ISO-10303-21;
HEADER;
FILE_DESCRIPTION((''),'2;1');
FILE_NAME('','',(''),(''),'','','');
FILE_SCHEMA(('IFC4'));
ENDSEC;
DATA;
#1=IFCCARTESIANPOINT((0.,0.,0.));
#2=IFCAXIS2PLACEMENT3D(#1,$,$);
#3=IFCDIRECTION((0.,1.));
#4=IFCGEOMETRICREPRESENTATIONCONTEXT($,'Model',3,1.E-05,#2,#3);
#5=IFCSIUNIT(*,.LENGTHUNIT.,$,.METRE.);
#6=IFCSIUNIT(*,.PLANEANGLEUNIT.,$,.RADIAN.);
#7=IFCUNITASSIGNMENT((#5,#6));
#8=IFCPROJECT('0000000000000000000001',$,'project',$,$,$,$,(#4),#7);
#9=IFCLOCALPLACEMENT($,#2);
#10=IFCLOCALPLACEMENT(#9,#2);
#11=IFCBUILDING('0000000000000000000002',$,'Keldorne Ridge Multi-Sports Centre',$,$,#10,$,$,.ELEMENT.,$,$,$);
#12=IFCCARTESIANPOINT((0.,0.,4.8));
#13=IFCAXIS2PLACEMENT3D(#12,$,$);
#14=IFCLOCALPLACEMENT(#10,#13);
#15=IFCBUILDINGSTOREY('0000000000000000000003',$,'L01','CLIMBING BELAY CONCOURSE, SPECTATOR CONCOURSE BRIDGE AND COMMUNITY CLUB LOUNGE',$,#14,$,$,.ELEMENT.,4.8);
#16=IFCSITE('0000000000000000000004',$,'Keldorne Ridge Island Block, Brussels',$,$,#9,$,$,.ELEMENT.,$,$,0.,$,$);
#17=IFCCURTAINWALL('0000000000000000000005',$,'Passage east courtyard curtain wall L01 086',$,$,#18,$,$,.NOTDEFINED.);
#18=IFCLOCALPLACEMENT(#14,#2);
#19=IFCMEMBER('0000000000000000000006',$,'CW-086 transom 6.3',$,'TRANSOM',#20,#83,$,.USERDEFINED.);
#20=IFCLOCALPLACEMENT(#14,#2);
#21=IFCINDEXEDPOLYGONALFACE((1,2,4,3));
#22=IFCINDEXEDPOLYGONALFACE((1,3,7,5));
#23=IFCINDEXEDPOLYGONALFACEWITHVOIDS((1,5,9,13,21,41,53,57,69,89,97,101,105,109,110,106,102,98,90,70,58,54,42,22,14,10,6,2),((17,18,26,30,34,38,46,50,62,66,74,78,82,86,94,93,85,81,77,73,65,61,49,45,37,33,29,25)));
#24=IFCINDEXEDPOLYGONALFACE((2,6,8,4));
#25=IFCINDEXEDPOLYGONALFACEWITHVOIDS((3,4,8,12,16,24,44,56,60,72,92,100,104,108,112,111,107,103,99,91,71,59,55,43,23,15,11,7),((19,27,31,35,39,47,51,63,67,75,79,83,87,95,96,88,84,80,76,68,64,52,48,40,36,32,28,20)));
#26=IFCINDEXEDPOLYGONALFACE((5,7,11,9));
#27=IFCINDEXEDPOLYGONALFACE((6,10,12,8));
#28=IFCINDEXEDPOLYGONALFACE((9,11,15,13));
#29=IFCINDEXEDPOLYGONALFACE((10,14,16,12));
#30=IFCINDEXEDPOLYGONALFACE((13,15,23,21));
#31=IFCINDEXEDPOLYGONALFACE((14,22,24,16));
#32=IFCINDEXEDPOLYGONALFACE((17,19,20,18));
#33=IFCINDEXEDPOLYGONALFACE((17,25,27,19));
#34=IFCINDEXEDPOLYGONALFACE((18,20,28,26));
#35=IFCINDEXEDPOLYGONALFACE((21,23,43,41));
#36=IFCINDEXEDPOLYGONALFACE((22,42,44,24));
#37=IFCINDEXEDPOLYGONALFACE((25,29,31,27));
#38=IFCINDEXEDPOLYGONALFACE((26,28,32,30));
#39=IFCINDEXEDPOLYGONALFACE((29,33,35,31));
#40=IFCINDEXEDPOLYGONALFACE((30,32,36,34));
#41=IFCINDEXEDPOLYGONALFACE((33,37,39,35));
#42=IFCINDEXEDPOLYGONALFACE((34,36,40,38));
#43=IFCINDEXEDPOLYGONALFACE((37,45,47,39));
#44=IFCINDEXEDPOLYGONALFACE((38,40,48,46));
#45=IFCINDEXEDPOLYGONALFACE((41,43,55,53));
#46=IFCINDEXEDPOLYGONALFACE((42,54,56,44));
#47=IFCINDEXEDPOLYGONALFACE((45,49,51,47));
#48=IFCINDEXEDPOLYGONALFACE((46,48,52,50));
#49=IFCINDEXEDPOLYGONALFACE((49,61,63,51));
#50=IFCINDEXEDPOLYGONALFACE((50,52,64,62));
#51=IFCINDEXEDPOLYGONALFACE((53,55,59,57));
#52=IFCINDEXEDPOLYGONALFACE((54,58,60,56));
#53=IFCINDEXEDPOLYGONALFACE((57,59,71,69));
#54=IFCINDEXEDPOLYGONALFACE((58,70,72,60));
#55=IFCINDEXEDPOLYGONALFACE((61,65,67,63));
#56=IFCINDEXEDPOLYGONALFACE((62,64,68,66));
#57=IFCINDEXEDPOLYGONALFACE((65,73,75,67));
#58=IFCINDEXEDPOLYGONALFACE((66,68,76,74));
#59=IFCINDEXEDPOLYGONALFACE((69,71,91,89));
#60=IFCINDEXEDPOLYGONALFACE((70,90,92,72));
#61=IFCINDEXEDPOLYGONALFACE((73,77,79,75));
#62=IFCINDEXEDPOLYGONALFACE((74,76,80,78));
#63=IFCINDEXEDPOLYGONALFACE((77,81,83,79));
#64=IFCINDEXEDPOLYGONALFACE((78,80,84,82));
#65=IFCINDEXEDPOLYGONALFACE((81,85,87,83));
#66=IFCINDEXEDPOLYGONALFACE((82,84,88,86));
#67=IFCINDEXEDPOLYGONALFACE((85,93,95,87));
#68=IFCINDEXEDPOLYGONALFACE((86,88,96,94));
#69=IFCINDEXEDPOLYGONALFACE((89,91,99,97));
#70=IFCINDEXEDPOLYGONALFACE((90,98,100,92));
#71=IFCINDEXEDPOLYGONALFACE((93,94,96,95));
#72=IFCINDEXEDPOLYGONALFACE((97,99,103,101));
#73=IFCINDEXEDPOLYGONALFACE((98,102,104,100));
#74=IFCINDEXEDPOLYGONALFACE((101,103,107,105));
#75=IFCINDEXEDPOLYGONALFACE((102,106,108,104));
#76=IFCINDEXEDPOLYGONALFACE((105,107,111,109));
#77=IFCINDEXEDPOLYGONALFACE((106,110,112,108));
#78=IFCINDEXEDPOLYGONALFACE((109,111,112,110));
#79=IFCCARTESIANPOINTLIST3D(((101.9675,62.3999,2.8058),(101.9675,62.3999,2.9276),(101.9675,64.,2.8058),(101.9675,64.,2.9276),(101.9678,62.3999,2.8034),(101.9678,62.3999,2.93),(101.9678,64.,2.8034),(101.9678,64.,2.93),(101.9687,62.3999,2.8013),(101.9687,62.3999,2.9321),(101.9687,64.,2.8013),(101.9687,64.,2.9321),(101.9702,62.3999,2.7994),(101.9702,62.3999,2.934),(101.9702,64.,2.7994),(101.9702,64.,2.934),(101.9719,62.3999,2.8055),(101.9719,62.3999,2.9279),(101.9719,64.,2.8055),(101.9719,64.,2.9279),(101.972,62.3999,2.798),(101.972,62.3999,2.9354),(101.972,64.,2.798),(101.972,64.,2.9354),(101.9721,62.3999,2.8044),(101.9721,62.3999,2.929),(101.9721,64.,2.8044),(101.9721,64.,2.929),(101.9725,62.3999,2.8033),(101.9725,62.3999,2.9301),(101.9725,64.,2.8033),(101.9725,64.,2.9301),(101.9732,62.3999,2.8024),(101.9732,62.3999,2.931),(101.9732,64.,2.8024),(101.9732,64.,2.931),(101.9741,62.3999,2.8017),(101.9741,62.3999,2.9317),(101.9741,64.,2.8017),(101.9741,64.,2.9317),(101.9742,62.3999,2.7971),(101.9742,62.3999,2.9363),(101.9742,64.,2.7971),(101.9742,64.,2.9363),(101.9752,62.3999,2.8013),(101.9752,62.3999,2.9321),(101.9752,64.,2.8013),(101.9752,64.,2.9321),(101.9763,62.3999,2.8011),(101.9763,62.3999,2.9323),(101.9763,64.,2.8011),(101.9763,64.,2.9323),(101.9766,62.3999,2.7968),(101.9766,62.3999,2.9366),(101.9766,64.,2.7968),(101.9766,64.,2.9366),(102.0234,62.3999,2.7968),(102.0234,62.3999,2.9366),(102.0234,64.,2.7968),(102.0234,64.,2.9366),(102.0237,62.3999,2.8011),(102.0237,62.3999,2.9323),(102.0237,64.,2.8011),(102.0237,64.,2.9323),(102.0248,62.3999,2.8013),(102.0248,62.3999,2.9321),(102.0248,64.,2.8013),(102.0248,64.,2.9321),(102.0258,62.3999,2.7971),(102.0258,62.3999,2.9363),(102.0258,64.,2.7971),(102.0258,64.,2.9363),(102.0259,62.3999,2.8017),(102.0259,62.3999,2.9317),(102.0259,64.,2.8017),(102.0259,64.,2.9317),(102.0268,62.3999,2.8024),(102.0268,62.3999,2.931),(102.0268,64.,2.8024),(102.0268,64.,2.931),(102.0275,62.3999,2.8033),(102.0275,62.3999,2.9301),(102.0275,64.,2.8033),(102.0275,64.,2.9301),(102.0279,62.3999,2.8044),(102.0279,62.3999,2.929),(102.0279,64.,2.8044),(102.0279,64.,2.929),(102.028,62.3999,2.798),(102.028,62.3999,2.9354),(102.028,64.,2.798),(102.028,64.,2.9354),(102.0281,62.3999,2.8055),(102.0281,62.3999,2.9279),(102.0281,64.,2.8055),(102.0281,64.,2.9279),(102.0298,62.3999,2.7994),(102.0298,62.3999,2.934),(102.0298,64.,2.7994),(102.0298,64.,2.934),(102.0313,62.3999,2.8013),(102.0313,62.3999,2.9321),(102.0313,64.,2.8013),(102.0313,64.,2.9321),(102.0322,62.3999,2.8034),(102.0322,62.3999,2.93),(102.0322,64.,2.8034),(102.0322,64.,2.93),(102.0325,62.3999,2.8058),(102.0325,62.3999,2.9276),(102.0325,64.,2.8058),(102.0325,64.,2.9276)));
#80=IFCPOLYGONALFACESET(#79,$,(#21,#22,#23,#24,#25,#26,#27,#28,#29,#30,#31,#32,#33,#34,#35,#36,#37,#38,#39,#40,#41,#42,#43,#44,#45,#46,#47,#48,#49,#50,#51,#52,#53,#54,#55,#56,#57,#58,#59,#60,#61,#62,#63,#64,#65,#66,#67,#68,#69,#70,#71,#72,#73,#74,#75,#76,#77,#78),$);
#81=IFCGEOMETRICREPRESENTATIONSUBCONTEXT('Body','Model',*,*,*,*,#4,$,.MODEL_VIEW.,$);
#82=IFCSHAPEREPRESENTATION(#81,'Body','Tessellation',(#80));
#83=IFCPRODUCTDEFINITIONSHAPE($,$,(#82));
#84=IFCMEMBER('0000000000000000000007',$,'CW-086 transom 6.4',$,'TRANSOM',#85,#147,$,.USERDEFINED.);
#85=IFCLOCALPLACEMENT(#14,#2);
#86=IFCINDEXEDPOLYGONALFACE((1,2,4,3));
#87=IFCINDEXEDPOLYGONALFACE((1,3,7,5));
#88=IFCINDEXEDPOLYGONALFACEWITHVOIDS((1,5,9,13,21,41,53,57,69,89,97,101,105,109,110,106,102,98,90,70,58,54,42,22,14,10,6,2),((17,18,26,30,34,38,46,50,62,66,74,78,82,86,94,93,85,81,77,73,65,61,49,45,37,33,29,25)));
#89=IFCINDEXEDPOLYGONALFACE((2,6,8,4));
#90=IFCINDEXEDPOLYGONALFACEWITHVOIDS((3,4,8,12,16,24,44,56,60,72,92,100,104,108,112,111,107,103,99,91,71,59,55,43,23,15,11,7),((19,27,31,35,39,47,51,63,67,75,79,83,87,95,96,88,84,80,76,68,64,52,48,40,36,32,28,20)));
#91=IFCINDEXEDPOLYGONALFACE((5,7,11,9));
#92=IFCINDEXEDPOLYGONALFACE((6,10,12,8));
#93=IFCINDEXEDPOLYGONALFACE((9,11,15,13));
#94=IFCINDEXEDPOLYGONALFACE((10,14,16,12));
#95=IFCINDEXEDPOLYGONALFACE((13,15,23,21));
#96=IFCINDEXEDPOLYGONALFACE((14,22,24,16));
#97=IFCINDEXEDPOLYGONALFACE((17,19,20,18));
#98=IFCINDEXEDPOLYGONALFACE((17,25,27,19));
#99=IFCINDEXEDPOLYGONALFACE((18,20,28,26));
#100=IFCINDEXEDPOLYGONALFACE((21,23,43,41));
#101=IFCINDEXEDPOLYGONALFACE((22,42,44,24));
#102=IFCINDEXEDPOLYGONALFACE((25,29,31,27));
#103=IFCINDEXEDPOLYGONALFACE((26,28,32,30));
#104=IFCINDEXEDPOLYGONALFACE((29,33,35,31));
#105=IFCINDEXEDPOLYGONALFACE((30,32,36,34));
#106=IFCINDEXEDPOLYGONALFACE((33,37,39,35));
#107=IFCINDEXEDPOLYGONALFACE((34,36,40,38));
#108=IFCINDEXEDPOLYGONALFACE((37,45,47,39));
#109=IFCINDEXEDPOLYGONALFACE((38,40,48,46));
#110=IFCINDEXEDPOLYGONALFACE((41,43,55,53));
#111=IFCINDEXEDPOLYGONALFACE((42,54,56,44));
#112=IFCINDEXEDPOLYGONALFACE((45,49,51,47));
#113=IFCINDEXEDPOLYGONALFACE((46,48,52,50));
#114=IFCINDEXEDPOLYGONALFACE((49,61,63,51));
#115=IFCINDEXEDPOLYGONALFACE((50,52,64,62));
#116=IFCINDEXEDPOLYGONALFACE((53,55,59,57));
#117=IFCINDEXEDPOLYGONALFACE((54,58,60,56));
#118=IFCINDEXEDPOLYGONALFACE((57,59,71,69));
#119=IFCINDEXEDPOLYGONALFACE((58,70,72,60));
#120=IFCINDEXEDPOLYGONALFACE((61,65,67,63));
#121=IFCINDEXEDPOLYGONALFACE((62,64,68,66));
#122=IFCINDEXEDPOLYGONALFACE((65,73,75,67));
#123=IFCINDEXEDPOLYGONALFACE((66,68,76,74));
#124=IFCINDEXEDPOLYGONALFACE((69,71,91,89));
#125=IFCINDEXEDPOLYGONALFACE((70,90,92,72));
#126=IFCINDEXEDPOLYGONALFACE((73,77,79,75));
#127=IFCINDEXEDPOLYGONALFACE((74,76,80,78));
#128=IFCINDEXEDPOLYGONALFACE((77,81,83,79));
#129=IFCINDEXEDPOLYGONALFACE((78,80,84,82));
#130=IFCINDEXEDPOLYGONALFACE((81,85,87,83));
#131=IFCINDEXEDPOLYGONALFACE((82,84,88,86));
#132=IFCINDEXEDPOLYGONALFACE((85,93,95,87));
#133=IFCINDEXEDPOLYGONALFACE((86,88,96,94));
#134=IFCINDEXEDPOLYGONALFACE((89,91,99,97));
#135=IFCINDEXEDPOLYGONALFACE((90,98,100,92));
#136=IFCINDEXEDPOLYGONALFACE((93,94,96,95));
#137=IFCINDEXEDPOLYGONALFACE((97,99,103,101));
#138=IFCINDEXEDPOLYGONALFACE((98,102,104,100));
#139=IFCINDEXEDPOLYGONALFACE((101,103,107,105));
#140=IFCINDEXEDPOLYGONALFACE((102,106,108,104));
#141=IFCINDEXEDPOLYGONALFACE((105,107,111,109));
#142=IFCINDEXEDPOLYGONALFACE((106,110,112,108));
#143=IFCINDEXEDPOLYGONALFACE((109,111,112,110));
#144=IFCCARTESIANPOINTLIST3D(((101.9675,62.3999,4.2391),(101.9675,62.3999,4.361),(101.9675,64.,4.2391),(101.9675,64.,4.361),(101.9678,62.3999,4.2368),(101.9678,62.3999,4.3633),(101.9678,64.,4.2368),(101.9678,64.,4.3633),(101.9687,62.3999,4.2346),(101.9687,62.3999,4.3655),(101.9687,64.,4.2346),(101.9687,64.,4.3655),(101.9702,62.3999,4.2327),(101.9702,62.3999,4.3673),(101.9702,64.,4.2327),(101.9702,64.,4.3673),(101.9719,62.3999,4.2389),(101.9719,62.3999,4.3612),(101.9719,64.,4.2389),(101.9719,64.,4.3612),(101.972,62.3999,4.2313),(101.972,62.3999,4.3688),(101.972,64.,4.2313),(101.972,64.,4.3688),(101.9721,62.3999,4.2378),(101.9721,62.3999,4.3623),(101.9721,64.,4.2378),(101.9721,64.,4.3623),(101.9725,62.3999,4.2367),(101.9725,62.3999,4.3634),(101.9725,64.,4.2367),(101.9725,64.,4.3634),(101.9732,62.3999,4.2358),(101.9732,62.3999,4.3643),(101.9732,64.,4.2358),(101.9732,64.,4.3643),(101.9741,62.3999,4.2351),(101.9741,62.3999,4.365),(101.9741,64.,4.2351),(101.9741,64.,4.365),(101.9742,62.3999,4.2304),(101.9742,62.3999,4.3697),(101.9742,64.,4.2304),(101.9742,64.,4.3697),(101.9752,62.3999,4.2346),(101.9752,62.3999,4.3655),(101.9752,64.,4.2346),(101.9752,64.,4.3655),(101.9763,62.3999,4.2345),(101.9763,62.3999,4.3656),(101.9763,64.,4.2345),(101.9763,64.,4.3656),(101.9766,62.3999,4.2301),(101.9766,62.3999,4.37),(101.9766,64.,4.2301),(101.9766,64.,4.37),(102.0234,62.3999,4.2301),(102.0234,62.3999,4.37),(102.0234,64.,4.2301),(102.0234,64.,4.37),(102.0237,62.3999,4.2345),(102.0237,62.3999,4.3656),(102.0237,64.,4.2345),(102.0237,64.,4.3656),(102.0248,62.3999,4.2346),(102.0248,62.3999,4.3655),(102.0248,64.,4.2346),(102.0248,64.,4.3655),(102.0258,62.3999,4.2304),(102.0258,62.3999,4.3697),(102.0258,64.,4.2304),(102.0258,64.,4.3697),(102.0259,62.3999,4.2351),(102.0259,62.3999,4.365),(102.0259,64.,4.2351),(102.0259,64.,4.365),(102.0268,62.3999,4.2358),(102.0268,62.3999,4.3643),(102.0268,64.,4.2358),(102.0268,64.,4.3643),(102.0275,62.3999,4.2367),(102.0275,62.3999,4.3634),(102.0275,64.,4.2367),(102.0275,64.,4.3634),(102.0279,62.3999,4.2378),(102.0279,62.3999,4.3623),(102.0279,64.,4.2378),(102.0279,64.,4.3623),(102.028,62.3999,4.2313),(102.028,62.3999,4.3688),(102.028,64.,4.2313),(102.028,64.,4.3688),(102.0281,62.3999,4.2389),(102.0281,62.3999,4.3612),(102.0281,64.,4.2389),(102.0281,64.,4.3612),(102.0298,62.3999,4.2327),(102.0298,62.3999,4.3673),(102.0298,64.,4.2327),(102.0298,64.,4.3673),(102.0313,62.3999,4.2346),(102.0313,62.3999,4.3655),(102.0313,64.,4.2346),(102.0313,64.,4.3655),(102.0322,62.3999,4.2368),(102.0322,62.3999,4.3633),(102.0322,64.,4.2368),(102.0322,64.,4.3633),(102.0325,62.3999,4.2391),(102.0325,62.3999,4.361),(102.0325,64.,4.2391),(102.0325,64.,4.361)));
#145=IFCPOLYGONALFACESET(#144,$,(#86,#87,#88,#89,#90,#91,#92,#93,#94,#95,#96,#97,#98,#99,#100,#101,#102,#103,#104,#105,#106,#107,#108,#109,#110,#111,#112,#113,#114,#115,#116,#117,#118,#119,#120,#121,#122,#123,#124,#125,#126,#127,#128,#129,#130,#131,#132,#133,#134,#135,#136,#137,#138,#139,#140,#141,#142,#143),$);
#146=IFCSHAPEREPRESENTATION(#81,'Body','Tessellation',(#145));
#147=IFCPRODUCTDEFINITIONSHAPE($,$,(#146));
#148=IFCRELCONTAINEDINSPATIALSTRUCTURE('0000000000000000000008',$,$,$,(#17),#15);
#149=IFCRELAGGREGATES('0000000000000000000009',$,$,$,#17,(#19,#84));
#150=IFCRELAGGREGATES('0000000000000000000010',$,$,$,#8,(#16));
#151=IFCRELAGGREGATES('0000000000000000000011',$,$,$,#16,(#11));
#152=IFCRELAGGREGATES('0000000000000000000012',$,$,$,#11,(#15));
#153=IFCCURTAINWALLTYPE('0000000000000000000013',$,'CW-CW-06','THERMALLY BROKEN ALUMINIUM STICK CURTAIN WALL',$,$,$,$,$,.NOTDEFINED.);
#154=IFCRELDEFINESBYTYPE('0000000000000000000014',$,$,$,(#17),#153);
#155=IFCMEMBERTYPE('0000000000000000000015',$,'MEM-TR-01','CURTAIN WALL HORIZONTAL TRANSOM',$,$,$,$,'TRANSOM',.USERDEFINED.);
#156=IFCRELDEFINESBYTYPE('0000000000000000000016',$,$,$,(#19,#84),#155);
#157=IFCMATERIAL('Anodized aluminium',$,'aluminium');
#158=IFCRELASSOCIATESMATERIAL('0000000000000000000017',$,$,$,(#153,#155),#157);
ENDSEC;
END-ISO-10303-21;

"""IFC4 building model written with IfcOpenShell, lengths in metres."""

from ifc_helpers import new_model, si_unit, direction, frame, origin, origin_2d, place, context, subcontext, project, spatial, hollow_rectangle, extrude, material, material_profile, profile_set, type_object, element, aggregate, save


model = new_model("IFC4")

# Units and contexts
model_context = context("Model", 3, precision=1e-05, world=origin(), true_north=direction((0.0, 1.0)))
body_context = subcontext(model_context, "Body", "Model", "MODEL_VIEW")
ifc_project = project(units=[si_unit("LENGTHUNIT", "METRE"), si_unit("PLANEANGLEUNIT", "RADIAN")], contexts=[model_context])

# Site, building, storey
site_placement = place(None, origin())
site = spatial("IfcSite", under=ifc_project, at=site_placement, Name="Keldorne Ridge Island Block, Brussels", CompositionType="ELEMENT", RefElevation=0.0)
building_placement = place(site_placement, origin())
building = spatial("IfcBuilding", under=site, at=building_placement, Name="Keldorne Ridge Multi-Sports Centre", CompositionType="ELEMENT")
storey_placement = place(building_placement, frame((0.0, 0.0, 4.8)))
storey = spatial("IfcBuildingStorey", under=building, at=storey_placement, Name="L01", Description="CLIMBING BELAY CONCOURSE, SPECTATOR CONCOURSE BRIDGE AND COMMUNITY CLUB LOUNGE", CompositionType="ELEMENT", Elevation=4.8)

# Curtain wall, members
ifc_material_1 = material(Name="Anodized aluminium", Category="aluminium")
curtain_wall_type = type_object("IfcCurtainWallType", Name="CW-CW-06", Description="THERMALLY BROKEN ALUMINIUM STICK CURTAIN WALL", PredefinedType="NOTDEFINED", material=ifc_material_1)
curtain_wall_placement = place(storey_placement, origin())
curtain_wall = element("IfcCurtainWall", 1, at=curtain_wall_placement, inside=storey, type_object=curtain_wall_type, Name="Passage east courtyard curtain wall L01 086", PredefinedType="NOTDEFINED")
ifc_material_profile_1 = material_profile(ifc_material_1, hollow_rectangle(XDim=0.0649, YDim=0.1399, WallThickness=0.0044, InnerFilletRadius=0.0044, OuterFilletRadius=0.009, at=origin_2d()), Name="ALU TRANSOM 140x65x4.5")
ifc_profile_set_1 = profile_set([ifc_material_profile_1], Name="Anodized aluminium")
member_type_1 = type_object("IfcMemberType", Name="MEM-TR-01", Description="CURTAIN WALL HORIZONTAL TRANSOM", ElementType="TRANSOM", PredefinedType="USERDEFINED", material=ifc_profile_set_1)
member_1_placement = place(storey_placement, frame((102.0, 62.3999, 2.8667), z_axis=(0.0, 1.0, 0.0), x_axis=(-1.0, 0.0, 0.0)))
member_1 = element("IfcMember", 2, at=member_1_placement, type_object=member_type_1, Name="CW-086 transom 6.3", ObjectType="TRANSOM", PredefinedType="USERDEFINED", context=body_context, shape_type="SweptSolid", body=[
    extrude(hollow_rectangle(XDim=0.0649, YDim=0.1399, WallThickness=0.0044, InnerFilletRadius=0.0044, OuterFilletRadius=0.009, at=origin_2d()), origin(), (0.0, 0.0, 1.0), 1.6001),
])
member_2_placement = place(storey_placement, frame((102.0, 62.3999, 4.3), z_axis=(0.0, 1.0, 0.0), x_axis=(-1.0, 0.0, 0.0)))
member_2 = element("IfcMember", 3, at=member_2_placement, type_object=member_type_1, Name="CW-086 transom 6.4", ObjectType="TRANSOM", PredefinedType="USERDEFINED", context=body_context, shape_type="SweptSolid", body=[
    extrude(hollow_rectangle(XDim=0.0649, YDim=0.1399, WallThickness=0.0044, InnerFilletRadius=0.0044, OuterFilletRadius=0.009, at=origin_2d()), origin(), (0.0, 0.0, 1.0), 1.6001),
])
aggregate(curtain_wall, [member_1, member_2])

save(model, "model.ifc")
